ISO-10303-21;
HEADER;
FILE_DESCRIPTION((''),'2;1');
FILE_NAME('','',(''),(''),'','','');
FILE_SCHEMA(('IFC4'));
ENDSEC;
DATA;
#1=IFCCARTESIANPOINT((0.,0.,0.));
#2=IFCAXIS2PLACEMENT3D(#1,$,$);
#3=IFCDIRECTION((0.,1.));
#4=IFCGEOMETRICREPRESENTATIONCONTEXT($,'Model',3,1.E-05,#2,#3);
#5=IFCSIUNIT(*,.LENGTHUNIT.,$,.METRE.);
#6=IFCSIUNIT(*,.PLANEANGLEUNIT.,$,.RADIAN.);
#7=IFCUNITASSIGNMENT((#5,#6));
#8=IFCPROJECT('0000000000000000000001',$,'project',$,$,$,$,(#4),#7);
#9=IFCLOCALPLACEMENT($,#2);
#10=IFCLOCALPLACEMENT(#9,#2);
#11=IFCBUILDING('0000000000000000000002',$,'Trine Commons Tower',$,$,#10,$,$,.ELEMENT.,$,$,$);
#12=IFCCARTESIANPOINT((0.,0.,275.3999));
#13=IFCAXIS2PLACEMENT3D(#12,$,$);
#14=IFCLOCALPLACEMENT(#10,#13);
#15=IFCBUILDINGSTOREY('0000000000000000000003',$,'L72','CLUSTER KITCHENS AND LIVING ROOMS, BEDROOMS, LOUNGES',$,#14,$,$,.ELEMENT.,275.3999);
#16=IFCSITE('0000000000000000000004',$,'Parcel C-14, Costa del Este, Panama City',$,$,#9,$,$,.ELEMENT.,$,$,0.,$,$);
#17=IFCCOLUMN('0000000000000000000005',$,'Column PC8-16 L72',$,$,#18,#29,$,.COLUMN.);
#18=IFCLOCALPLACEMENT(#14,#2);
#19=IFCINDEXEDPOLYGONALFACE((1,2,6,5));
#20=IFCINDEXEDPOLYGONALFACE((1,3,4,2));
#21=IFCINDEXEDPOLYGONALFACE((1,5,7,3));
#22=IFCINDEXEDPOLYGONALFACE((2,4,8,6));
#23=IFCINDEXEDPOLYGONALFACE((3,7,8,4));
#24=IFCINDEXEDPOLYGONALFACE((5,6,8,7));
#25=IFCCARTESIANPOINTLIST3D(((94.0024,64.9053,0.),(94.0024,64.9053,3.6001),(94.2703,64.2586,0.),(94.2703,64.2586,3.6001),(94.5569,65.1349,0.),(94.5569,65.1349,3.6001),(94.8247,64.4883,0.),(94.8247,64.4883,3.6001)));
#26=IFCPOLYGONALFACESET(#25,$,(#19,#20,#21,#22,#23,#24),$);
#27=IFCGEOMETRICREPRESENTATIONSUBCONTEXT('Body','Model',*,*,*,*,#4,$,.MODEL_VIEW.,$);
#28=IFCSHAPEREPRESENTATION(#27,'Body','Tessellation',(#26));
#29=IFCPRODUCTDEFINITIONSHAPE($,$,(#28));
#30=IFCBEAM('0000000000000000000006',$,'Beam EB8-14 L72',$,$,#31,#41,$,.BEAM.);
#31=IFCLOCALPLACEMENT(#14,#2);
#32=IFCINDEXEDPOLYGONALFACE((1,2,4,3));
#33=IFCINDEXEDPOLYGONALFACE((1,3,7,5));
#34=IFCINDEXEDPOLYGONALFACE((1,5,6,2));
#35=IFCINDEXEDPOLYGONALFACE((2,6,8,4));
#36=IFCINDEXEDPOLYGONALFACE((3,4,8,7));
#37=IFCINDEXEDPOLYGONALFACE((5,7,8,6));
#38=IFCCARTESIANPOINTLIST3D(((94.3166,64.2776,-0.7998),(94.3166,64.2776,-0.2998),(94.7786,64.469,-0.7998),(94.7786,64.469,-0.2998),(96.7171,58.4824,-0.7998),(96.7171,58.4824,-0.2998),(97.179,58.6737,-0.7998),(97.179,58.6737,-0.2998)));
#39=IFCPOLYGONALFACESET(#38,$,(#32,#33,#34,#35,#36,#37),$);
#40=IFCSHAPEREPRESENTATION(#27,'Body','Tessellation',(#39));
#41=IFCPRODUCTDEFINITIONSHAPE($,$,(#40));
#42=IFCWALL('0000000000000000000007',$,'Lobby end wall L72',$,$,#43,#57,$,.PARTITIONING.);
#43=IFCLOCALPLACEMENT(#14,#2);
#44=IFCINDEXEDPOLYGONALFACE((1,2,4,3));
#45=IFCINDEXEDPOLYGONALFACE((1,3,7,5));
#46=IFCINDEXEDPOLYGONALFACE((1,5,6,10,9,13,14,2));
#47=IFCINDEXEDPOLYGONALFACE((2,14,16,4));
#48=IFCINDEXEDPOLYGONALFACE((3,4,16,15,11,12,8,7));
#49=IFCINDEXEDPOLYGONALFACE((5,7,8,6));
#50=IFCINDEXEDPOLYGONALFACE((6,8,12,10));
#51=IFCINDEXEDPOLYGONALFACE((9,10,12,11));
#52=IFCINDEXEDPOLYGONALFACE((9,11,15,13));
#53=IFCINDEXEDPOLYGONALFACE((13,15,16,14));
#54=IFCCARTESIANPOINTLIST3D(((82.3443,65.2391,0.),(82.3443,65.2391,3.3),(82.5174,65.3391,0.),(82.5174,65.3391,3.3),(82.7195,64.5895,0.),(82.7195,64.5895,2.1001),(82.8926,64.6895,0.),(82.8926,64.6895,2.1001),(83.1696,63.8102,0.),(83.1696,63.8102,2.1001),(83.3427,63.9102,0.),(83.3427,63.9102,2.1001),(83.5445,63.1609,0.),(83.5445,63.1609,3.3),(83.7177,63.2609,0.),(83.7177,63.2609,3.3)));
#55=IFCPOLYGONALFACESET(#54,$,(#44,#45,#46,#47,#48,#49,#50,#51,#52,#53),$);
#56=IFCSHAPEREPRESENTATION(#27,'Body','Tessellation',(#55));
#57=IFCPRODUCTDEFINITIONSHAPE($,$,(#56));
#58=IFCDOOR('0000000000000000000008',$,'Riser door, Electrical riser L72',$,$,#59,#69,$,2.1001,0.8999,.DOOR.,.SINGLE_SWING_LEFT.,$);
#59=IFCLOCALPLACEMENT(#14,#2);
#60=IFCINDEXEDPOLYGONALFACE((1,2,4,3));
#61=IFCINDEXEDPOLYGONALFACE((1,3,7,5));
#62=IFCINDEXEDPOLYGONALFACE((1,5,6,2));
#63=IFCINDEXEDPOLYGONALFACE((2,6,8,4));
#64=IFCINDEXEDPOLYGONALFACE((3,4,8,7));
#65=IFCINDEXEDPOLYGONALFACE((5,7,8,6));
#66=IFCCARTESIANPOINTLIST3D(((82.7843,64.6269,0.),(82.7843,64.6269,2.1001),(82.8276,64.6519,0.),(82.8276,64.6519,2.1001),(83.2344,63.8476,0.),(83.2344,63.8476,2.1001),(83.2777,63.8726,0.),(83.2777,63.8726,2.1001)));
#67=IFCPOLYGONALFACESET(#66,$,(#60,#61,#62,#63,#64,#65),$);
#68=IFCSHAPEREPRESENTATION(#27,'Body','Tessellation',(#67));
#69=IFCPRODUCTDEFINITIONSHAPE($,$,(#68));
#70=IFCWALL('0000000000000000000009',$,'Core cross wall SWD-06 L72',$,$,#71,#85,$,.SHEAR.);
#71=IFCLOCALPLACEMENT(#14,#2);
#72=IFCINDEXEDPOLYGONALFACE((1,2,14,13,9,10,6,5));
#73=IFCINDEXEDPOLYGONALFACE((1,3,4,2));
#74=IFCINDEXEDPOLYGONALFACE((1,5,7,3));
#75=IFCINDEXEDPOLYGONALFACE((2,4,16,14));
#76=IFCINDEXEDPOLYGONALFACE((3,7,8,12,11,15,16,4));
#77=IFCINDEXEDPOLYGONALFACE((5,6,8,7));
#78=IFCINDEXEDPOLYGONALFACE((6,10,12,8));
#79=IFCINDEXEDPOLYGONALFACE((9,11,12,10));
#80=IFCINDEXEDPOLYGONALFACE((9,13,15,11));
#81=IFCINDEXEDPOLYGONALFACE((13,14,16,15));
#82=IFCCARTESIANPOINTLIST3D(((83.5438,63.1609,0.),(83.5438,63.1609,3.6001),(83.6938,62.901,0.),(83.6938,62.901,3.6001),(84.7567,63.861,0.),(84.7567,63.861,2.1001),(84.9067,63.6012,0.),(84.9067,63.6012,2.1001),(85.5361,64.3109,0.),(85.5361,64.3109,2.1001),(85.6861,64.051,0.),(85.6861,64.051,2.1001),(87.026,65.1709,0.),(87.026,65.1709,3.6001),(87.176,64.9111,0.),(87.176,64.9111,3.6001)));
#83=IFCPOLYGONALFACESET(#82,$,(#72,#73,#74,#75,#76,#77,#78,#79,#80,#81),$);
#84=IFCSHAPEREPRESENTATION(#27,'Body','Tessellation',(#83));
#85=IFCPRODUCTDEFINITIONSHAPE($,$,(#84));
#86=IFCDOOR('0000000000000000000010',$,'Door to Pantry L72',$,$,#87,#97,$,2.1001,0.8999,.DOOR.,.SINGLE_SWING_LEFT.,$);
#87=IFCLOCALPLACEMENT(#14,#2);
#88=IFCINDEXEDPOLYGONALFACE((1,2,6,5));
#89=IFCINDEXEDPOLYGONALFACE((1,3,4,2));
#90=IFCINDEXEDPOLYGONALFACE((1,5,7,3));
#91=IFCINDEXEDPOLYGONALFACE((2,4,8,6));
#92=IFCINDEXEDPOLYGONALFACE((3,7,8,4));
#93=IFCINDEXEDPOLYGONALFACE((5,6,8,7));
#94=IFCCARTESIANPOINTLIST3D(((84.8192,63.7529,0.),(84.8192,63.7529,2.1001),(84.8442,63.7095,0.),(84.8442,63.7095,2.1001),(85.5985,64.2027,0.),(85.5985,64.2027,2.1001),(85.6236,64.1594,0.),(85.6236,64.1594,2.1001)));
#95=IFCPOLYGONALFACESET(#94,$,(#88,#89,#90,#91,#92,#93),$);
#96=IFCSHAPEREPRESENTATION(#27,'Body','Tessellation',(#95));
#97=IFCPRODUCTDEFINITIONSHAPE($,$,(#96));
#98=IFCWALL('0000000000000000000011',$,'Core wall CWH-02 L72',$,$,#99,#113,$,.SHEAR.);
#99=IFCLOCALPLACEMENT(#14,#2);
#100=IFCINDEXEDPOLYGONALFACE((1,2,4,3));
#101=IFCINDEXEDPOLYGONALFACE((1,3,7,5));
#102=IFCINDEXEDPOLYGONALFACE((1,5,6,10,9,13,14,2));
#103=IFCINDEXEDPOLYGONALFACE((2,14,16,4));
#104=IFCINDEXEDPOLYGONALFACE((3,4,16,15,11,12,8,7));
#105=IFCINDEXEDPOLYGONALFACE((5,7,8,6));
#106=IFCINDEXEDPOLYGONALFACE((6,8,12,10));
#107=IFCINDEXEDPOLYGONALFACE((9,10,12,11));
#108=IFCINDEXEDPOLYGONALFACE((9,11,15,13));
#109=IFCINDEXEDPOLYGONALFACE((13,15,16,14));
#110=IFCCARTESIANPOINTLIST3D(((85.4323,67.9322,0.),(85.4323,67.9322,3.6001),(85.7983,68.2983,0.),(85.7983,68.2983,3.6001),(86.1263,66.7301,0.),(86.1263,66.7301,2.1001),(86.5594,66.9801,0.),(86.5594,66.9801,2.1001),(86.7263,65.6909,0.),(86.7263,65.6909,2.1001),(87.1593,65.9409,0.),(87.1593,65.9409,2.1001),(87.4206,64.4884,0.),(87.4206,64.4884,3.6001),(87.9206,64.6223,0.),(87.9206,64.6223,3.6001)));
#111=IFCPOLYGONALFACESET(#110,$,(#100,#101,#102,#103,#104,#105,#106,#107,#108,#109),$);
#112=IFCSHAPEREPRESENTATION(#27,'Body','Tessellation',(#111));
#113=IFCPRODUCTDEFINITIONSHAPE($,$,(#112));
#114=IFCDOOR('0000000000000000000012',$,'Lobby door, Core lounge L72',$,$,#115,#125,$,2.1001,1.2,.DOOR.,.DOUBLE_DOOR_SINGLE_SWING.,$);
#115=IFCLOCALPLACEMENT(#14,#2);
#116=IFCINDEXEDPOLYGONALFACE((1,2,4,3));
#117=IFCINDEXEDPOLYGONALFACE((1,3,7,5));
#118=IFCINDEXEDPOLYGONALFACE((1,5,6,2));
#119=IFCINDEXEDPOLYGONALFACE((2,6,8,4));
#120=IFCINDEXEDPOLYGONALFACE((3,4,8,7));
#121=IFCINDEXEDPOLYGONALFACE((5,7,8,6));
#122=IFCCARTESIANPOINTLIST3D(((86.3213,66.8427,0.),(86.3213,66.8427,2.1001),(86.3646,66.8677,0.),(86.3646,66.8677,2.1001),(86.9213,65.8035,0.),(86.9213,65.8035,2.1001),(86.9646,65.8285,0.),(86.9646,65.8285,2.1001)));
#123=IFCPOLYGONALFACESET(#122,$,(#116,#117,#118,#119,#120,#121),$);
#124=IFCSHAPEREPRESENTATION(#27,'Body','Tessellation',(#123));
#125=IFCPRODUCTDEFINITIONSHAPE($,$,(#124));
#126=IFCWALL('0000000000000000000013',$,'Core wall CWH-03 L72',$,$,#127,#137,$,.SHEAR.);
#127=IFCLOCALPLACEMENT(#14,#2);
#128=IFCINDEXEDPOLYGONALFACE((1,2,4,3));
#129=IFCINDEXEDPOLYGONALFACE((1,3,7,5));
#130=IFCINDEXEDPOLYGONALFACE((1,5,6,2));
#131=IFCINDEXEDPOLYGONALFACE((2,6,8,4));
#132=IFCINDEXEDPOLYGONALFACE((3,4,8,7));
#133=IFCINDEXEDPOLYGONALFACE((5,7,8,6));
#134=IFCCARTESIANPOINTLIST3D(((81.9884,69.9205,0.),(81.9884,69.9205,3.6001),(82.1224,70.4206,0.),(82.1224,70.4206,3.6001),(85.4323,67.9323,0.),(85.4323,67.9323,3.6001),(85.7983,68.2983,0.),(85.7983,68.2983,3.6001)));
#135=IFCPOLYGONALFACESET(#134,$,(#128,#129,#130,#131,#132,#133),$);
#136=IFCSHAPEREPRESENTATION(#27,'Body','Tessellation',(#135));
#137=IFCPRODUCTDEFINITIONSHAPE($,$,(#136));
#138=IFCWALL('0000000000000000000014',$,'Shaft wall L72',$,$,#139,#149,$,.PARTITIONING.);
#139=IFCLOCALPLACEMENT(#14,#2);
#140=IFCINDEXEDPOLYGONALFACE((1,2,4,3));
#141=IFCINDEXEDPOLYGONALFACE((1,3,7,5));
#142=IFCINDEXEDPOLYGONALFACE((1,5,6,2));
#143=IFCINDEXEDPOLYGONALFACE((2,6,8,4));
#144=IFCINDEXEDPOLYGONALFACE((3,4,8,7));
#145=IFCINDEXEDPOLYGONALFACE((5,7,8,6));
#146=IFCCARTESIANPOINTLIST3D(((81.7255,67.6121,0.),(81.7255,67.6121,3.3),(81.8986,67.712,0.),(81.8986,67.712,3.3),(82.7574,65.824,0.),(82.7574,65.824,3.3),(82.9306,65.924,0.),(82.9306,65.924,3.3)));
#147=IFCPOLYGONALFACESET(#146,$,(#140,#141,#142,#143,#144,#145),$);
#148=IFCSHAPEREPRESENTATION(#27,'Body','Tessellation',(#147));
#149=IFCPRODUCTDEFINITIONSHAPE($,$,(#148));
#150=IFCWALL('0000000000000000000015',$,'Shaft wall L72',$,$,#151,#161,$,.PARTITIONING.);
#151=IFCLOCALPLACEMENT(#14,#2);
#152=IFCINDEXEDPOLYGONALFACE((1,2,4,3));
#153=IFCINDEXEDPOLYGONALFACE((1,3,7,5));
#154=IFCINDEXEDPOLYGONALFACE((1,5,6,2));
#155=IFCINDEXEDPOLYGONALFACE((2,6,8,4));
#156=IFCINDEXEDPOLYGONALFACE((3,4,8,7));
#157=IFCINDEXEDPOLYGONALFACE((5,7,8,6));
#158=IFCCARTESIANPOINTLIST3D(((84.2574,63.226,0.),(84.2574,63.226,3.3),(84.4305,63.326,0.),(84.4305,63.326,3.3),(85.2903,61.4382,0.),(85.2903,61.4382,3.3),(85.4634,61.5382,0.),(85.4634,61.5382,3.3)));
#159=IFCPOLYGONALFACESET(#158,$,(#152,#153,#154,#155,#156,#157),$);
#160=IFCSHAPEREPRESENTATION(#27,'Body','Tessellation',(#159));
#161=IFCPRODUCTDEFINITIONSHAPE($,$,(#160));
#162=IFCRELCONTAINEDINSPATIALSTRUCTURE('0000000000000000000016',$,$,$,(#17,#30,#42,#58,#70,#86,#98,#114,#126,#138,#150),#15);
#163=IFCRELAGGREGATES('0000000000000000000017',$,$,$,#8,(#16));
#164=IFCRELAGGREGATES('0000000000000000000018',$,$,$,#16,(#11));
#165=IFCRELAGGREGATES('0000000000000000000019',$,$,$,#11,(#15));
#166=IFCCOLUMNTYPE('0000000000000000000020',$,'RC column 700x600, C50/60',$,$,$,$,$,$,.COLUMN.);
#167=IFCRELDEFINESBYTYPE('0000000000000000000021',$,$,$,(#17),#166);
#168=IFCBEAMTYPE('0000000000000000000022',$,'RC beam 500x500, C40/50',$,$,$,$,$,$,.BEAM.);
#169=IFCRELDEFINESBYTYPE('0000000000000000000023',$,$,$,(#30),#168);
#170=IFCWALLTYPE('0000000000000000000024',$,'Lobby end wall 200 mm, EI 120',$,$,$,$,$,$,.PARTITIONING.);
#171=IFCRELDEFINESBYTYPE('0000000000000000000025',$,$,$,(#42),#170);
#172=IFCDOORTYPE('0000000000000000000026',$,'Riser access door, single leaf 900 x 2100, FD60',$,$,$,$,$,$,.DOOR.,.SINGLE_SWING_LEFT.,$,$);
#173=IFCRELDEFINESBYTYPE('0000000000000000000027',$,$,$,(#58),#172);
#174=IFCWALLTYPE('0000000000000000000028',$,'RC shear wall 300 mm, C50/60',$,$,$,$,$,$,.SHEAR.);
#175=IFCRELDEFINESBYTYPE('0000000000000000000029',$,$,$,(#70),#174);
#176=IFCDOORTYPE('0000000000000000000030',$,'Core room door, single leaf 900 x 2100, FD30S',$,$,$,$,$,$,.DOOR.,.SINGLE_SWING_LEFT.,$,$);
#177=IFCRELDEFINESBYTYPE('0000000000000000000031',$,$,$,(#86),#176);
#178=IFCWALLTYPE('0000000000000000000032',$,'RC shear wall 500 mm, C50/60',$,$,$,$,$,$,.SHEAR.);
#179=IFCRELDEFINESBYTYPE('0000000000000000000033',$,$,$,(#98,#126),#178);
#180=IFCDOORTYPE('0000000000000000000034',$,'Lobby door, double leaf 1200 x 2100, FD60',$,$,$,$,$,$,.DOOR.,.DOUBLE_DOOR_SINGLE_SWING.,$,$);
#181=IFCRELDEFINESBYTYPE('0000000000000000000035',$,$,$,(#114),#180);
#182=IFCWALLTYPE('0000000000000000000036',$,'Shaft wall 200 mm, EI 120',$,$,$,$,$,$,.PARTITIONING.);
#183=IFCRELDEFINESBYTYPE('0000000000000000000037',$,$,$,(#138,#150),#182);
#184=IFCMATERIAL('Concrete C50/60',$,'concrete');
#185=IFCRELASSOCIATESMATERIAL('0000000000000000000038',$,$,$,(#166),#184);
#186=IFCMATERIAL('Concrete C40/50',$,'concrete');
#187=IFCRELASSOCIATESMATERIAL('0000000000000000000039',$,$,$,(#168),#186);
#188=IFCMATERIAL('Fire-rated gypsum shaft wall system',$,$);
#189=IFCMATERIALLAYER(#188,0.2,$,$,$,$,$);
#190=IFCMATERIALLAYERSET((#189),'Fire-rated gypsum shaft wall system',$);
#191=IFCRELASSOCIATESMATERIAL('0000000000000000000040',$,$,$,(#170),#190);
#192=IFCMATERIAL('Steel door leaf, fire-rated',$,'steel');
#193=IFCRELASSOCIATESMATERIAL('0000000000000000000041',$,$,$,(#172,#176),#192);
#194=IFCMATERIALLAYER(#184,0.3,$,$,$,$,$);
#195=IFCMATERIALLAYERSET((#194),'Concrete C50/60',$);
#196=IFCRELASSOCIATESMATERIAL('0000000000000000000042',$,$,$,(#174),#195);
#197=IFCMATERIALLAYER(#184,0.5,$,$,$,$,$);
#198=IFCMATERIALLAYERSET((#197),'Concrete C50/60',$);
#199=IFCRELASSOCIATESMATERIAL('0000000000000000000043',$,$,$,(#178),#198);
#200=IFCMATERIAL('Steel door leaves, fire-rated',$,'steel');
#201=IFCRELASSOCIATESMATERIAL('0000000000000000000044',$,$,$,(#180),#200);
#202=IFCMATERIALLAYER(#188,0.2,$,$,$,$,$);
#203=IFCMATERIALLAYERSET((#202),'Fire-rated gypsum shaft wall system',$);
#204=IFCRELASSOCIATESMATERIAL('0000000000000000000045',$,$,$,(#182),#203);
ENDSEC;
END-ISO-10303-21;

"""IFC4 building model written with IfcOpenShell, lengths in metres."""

from ifc_helpers import new_model, si_unit, direction, frame, frame_2d, origin, origin_2d, place, context, subcontext, project, spatial, polyline, rectangle, outline, extrude, material, layer, layer_set, material_profile, profile_set, type_object, element, fill, save


model = new_model("IFC4")

# Units and contexts
model_context = context("Model", 3, precision=1e-05, world=origin(), true_north=direction((0.0, 1.0)))
body_context = subcontext(model_context, "Body", "Model", "MODEL_VIEW")
ifc_project = project(units=[si_unit("LENGTHUNIT", "METRE"), si_unit("PLANEANGLEUNIT", "RADIAN")], contexts=[model_context])

# Site, building, storey
site_placement = place(None, origin())
site = spatial("IfcSite", under=ifc_project, at=site_placement, Name="Parcel C-14, Costa del Este, Panama City", CompositionType="ELEMENT", RefElevation=0.0)
building_placement = place(site_placement, origin())
building = spatial("IfcBuilding", under=site, at=building_placement, Name="Trine Commons Tower", CompositionType="ELEMENT")
storey_placement = place(building_placement, frame((0.0, 0.0, 275.3999)))
storey = spatial("IfcBuildingStorey", under=building, at=storey_placement, Name="L72", Description="CLUSTER KITCHENS AND LIVING ROOMS, BEDROOMS, LOUNGES", CompositionType="ELEMENT", Elevation=275.3999)

# Column
ifc_material_1 = material(Name="Concrete C50/60", Category="concrete")
ifc_material_profile_1 = material_profile(ifc_material_1, rectangle(XDim=0.7, YDim=0.6001, at=origin_2d()), Name="RC 700x600")
ifc_profile_set_1 = profile_set([ifc_material_profile_1], Name="Concrete C50/60")
column_type = type_object("IfcColumnType", Name="RC column 700x600, C50/60", PredefinedType="COLUMN", material=ifc_profile_set_1)
column_placement = place(storey_placement, frame((94.4136, 64.6968, 0.0), z_axis=(0.0, 0.0, 1.0), x_axis=(-0.382683, 0.92388, 0.0)))
element("IfcColumn", 1, at=column_placement, inside=storey, type_object=column_type, Name="Column PC8-16 L72", PredefinedType="COLUMN", context=body_context, shape_type="SweptSolid", body=[
    extrude(rectangle(XDim=0.7, YDim=0.6001, at=origin_2d()), origin(), (0.0, 0.0, 1.0), 3.6001),
])

# Beam
ifc_material_2 = material(Name="Concrete C40/50", Category="concrete")
ifc_material_profile_2 = material_profile(ifc_material_2, rectangle(XDim=0.5, YDim=0.5, at=origin_2d()), Name="RC 500x500")
ifc_profile_set_2 = profile_set([ifc_material_profile_2], Name="Concrete C40/50")
beam_type = type_object("IfcBeamType", Name="RC beam 500x500, C40/50", PredefinedType="BEAM", material=ifc_profile_set_2)
beam_placement = place(storey_placement, frame((94.5476, 64.3733, -0.5498), z_axis=(0.382677, -0.923882, 0.0), x_axis=(0.923882, 0.382677, 0.0)))
element("IfcBeam", 2, at=beam_placement, inside=storey, type_object=beam_type, Name="Beam EB8-14 L72", PredefinedType="BEAM", context=body_context, shape_type="SweptSolid", body=[
    extrude(rectangle(XDim=0.5, YDim=0.5, at=origin_2d()), origin(), (0.0, 0.0, 1.0), 6.2727),
])

# Walls, openings, doors
ifc_material_3 = material(Name="Fire-rated gypsum shaft wall system")
ifc_layer_1 = layer(ifc_material_3, 0.2)
ifc_layer_set_1 = layer_set([ifc_layer_1], Name="Fire-rated gypsum shaft wall system")
wall_type_1 = type_object("IfcWallType", Name="Lobby end wall 200 mm, EI 120", PredefinedType="PARTITIONING", material=ifc_layer_set_1)
wall_1_placement = place(storey_placement, frame((83.6311, 63.2109, 0.0), z_axis=(0.0, 0.0, 1.0), x_axis=(-0.500122, 0.865955, 0.0)))
wall_1 = element("IfcWall", 3, at=wall_1_placement, inside=storey, type_object=wall_type_1, Name="Lobby end wall L72", PredefinedType="PARTITIONING", context=body_context, shape_type="SweptSolid", body=[
    extrude(rectangle(XDim=2.3999, YDim=0.2, at=frame_2d((1.2, 0.0))), origin(), (0.0, 0.0, 1.0), 3.3),
])
opening_1_placement = place(wall_1_placement, frame((0.7498, 0.0, 0.0)))
opening_1 = element("IfcOpeningElement", 4, at=opening_1_placement, cuts=wall_1, PredefinedType="OPENING", context=body_context, shape_type="SweptSolid", body=[
    extrude(rectangle(XDim=0.8999, YDim=2.1001, at=frame_2d((0.45, 1.05))), frame((0.0, 0.1099, 0.0), z_axis=(0.0, -1.0, 0.0), x_axis=(1.0, 0.0, 0.0)), (0.0, 0.0, 1.0), 0.22),
])
ifc_material_4 = material(Name="Steel door leaf, fire-rated", Category="steel")
door_type_1 = type_object("IfcDoorType", Name="Riser access door, single leaf 900 x 2100, FD60", OperationType="SINGLE_SWING_LEFT", PredefinedType="DOOR", material=ifc_material_4)
door_1_placement = place(opening_1_placement, frame((0.8999, 0.0, 0.0), z_axis=(0.0, 0.0, 1.0), x_axis=(-1.0, 0.0, 0.0)))
door_1 = element("IfcDoor", 5, at=door_1_placement, inside=storey, type_object=door_type_1, Name="Riser door, Electrical riser L72", OperationType="SINGLE_SWING_LEFT", OverallHeight=2.1001, OverallWidth=0.8999, PredefinedType="DOOR", context=body_context, shape_type="SweptSolid", body=[
    extrude(rectangle(XDim=0.8999, YDim=2.1001, at=frame_2d((0.45, 1.05))), frame((0.0, 0.0249, 0.0), z_axis=(0.0, -1.0, 0.0), x_axis=(1.0, 0.0, 0.0)), (0.0, 0.0, 1.0), 0.05),
])
fill(opening_1, door_1)
ifc_layer_2 = layer(ifc_material_1, 0.3)
ifc_layer_set_2 = layer_set([ifc_layer_2], Name="Concrete C50/60")
wall_type_2 = type_object("IfcWallType", Name="RC shear wall 300 mm, C50/60", PredefinedType="SHEAR", material=ifc_layer_set_2)
wall_2_placement = place(storey_placement, frame((83.6189, 63.031, 0.0), z_axis=(0.0, 0.0, 1.0), x_axis=(0.866071, 0.49992, 0.0)))
wall_2 = element("IfcWall", 6, at=wall_2_placement, inside=storey, type_object=wall_type_2, Name="Core cross wall SWD-06 L72", PredefinedType="SHEAR", context=body_context, shape_type="SweptSolid", body=[
    extrude(rectangle(XDim=4.0208, YDim=0.3, at=frame_2d((2.0103, 0.0))), origin(), (0.0, 0.0, 1.0), 3.6001),
])
opening_2_placement = place(wall_2_placement, frame((1.4004, 0.0, 0.0)))
opening_2 = element("IfcOpeningElement", 7, at=opening_2_placement, cuts=wall_2, PredefinedType="OPENING", context=body_context, shape_type="SweptSolid", body=[
    extrude(rectangle(XDim=0.8999, YDim=2.1001, at=frame_2d((0.45, 1.05))), frame((0.0, 0.1599, 0.0), z_axis=(0.0, -1.0, 0.0), x_axis=(1.0, 0.0, 0.0)), (0.0, 0.0, 1.0), 0.3201),
])
door_type_2 = type_object("IfcDoorType", Name="Core room door, single leaf 900 x 2100, FD30S", OperationType="SINGLE_SWING_LEFT", PredefinedType="DOOR", material=ifc_material_4)
door_2_placement = place(opening_2_placement, frame((0.8999, 0.0, 0.0), z_axis=(0.0, 0.0, 1.0), x_axis=(-1.0, 0.0, 0.0)))
door_2 = element("IfcDoor", 8, at=door_2_placement, inside=storey, type_object=door_type_2, Name="Door to Pantry L72", OperationType="SINGLE_SWING_LEFT", OverallHeight=2.1001, OverallWidth=0.8999, PredefinedType="DOOR", context=body_context, shape_type="SweptSolid", body=[
    extrude(rectangle(XDim=0.8999, YDim=2.1001, at=frame_2d((0.45, 1.05))), frame((0.0, 0.0249, 0.0), z_axis=(0.0, -1.0, 0.0), x_axis=(1.0, 0.0, 0.0)), (0.0, 0.0, 1.0), 0.05),
])
fill(opening_2, door_2)
ifc_layer_3 = layer(ifc_material_1, 0.5)
ifc_layer_set_3 = layer_set([ifc_layer_3], Name="Concrete C50/60")
wall_type_3 = type_object("IfcWallType", Name="RC shear wall 500 mm, C50/60", PredefinedType="SHEAR", material=ifc_layer_set_3)
wall_3_placement = place(storey_placement, frame((87.7041, 64.4973, 0.0), z_axis=(0.0, 0.0, 1.0), x_axis=(-0.499993, 0.866029, 0.0)))
wall_3 = element("IfcWall", 9, at=wall_3_placement, inside=storey, type_object=wall_type_3, Name="Core wall CWH-02 L72", PredefinedType="SHEAR", context=body_context, shape_type="SweptSolid", body=[
    extrude(outline(polyline([(0.0, -0.25), (4.2446, -0.25), (4.1106, 0.25), (0.134, 0.25), (0.0, -0.25)])), origin(), (0.0, 0.0, 1.0), 3.6001),
])
opening_3_placement = place(wall_3_placement, frame((1.5225, 0.0, 0.0)))
opening_3 = element("IfcOpeningElement", 10, at=opening_3_placement, cuts=wall_3, PredefinedType="OPENING", context=body_context, shape_type="SweptSolid", body=[
    extrude(rectangle(XDim=1.2, YDim=2.1001, at=frame_2d((0.6001, 1.05))), frame((0.0, 0.26, 0.0), z_axis=(0.0, -1.0, 0.0), x_axis=(1.0, 0.0, 0.0)), (0.0, 0.0, 1.0), 0.52),
])
ifc_material_5 = material(Name="Steel door leaves, fire-rated", Category="steel")
door_type_3 = type_object("IfcDoorType", Name="Lobby door, double leaf 1200 x 2100, FD60", OperationType="DOUBLE_DOOR_SINGLE_SWING", PredefinedType="DOOR", material=ifc_material_5)
door_3_placement = place(opening_3_placement, origin())
door_3 = element("IfcDoor", 11, at=door_3_placement, inside=storey, type_object=door_type_3, Name="Lobby door, Core lounge L72", OperationType="DOUBLE_DOOR_SINGLE_SWING", OverallHeight=2.1001, OverallWidth=1.2, PredefinedType="DOOR", context=body_context, shape_type="SweptSolid", body=[
    extrude(rectangle(XDim=1.2, YDim=2.1001, at=frame_2d((0.6001, 1.05))), frame((0.0, 0.0249, 0.0), z_axis=(0.0, -1.0, 0.0), x_axis=(1.0, 0.0, 0.0)), (0.0, 0.0, 1.0), 0.05),
])
fill(opening_3, door_3)

# Walls
wall_4_placement = place(storey_placement, frame((85.6733, 68.0818, 0.0), z_axis=(0.0, 0.0, 1.0), x_axis=(-0.866029, 0.499993, 0.0)))
element("IfcWall", 12, at=wall_4_placement, inside=storey, type_object=wall_type_3, Name="Core wall CWH-03 L72", PredefinedType="SHEAR", context=body_context, shape_type="SweptSolid", body=[
    extrude(outline(polyline([(0.0, -0.25), (4.2446, -0.25), (4.1106, 0.25), (0.134, 0.25), (0.0, -0.25)])), origin(), (0.0, 0.0, 1.0), 3.6001),
])
ifc_layer_4 = layer(ifc_material_3, 0.2)
ifc_layer_set_4 = layer_set([ifc_layer_4], Name="Fire-rated gypsum shaft wall system")
wall_type_4 = type_object("IfcWallType", Name="Shaft wall 200 mm, EI 120", PredefinedType="PARTITIONING", material=ifc_layer_set_4)
wall_5_placement = place(storey_placement, frame((82.844, 65.874, 0.0), z_axis=(0.0, 0.0, 1.0), x_axis=(-0.499866, 0.866103, 0.0)))
element("IfcWall", 13, at=wall_5_placement, inside=storey, type_object=wall_type_4, Name="Shaft wall L72", PredefinedType="PARTITIONING", context=body_context, shape_type="SweptSolid", body=[
    extrude(rectangle(XDim=2.0645, YDim=0.2, at=frame_2d((1.0322, 0.0))), origin(), (0.0, 0.0, 1.0), 3.3),
])
wall_6_placement = place(storey_placement, frame((84.344, 63.2759, 0.0), z_axis=(0.0, 0.0, 1.0), x_axis=(0.500272, -0.865868, 0.0)))
element("IfcWall", 14, at=wall_6_placement, inside=storey, type_object=wall_type_4, Name="Shaft wall L72", PredefinedType="PARTITIONING", context=body_context, shape_type="SweptSolid", body=[
    extrude(rectangle(XDim=2.0647, YDim=0.2, at=frame_2d((1.0322, 0.0))), origin(), (0.0, 0.0, 1.0), 3.3),
])

save(model, "model.ifc")
